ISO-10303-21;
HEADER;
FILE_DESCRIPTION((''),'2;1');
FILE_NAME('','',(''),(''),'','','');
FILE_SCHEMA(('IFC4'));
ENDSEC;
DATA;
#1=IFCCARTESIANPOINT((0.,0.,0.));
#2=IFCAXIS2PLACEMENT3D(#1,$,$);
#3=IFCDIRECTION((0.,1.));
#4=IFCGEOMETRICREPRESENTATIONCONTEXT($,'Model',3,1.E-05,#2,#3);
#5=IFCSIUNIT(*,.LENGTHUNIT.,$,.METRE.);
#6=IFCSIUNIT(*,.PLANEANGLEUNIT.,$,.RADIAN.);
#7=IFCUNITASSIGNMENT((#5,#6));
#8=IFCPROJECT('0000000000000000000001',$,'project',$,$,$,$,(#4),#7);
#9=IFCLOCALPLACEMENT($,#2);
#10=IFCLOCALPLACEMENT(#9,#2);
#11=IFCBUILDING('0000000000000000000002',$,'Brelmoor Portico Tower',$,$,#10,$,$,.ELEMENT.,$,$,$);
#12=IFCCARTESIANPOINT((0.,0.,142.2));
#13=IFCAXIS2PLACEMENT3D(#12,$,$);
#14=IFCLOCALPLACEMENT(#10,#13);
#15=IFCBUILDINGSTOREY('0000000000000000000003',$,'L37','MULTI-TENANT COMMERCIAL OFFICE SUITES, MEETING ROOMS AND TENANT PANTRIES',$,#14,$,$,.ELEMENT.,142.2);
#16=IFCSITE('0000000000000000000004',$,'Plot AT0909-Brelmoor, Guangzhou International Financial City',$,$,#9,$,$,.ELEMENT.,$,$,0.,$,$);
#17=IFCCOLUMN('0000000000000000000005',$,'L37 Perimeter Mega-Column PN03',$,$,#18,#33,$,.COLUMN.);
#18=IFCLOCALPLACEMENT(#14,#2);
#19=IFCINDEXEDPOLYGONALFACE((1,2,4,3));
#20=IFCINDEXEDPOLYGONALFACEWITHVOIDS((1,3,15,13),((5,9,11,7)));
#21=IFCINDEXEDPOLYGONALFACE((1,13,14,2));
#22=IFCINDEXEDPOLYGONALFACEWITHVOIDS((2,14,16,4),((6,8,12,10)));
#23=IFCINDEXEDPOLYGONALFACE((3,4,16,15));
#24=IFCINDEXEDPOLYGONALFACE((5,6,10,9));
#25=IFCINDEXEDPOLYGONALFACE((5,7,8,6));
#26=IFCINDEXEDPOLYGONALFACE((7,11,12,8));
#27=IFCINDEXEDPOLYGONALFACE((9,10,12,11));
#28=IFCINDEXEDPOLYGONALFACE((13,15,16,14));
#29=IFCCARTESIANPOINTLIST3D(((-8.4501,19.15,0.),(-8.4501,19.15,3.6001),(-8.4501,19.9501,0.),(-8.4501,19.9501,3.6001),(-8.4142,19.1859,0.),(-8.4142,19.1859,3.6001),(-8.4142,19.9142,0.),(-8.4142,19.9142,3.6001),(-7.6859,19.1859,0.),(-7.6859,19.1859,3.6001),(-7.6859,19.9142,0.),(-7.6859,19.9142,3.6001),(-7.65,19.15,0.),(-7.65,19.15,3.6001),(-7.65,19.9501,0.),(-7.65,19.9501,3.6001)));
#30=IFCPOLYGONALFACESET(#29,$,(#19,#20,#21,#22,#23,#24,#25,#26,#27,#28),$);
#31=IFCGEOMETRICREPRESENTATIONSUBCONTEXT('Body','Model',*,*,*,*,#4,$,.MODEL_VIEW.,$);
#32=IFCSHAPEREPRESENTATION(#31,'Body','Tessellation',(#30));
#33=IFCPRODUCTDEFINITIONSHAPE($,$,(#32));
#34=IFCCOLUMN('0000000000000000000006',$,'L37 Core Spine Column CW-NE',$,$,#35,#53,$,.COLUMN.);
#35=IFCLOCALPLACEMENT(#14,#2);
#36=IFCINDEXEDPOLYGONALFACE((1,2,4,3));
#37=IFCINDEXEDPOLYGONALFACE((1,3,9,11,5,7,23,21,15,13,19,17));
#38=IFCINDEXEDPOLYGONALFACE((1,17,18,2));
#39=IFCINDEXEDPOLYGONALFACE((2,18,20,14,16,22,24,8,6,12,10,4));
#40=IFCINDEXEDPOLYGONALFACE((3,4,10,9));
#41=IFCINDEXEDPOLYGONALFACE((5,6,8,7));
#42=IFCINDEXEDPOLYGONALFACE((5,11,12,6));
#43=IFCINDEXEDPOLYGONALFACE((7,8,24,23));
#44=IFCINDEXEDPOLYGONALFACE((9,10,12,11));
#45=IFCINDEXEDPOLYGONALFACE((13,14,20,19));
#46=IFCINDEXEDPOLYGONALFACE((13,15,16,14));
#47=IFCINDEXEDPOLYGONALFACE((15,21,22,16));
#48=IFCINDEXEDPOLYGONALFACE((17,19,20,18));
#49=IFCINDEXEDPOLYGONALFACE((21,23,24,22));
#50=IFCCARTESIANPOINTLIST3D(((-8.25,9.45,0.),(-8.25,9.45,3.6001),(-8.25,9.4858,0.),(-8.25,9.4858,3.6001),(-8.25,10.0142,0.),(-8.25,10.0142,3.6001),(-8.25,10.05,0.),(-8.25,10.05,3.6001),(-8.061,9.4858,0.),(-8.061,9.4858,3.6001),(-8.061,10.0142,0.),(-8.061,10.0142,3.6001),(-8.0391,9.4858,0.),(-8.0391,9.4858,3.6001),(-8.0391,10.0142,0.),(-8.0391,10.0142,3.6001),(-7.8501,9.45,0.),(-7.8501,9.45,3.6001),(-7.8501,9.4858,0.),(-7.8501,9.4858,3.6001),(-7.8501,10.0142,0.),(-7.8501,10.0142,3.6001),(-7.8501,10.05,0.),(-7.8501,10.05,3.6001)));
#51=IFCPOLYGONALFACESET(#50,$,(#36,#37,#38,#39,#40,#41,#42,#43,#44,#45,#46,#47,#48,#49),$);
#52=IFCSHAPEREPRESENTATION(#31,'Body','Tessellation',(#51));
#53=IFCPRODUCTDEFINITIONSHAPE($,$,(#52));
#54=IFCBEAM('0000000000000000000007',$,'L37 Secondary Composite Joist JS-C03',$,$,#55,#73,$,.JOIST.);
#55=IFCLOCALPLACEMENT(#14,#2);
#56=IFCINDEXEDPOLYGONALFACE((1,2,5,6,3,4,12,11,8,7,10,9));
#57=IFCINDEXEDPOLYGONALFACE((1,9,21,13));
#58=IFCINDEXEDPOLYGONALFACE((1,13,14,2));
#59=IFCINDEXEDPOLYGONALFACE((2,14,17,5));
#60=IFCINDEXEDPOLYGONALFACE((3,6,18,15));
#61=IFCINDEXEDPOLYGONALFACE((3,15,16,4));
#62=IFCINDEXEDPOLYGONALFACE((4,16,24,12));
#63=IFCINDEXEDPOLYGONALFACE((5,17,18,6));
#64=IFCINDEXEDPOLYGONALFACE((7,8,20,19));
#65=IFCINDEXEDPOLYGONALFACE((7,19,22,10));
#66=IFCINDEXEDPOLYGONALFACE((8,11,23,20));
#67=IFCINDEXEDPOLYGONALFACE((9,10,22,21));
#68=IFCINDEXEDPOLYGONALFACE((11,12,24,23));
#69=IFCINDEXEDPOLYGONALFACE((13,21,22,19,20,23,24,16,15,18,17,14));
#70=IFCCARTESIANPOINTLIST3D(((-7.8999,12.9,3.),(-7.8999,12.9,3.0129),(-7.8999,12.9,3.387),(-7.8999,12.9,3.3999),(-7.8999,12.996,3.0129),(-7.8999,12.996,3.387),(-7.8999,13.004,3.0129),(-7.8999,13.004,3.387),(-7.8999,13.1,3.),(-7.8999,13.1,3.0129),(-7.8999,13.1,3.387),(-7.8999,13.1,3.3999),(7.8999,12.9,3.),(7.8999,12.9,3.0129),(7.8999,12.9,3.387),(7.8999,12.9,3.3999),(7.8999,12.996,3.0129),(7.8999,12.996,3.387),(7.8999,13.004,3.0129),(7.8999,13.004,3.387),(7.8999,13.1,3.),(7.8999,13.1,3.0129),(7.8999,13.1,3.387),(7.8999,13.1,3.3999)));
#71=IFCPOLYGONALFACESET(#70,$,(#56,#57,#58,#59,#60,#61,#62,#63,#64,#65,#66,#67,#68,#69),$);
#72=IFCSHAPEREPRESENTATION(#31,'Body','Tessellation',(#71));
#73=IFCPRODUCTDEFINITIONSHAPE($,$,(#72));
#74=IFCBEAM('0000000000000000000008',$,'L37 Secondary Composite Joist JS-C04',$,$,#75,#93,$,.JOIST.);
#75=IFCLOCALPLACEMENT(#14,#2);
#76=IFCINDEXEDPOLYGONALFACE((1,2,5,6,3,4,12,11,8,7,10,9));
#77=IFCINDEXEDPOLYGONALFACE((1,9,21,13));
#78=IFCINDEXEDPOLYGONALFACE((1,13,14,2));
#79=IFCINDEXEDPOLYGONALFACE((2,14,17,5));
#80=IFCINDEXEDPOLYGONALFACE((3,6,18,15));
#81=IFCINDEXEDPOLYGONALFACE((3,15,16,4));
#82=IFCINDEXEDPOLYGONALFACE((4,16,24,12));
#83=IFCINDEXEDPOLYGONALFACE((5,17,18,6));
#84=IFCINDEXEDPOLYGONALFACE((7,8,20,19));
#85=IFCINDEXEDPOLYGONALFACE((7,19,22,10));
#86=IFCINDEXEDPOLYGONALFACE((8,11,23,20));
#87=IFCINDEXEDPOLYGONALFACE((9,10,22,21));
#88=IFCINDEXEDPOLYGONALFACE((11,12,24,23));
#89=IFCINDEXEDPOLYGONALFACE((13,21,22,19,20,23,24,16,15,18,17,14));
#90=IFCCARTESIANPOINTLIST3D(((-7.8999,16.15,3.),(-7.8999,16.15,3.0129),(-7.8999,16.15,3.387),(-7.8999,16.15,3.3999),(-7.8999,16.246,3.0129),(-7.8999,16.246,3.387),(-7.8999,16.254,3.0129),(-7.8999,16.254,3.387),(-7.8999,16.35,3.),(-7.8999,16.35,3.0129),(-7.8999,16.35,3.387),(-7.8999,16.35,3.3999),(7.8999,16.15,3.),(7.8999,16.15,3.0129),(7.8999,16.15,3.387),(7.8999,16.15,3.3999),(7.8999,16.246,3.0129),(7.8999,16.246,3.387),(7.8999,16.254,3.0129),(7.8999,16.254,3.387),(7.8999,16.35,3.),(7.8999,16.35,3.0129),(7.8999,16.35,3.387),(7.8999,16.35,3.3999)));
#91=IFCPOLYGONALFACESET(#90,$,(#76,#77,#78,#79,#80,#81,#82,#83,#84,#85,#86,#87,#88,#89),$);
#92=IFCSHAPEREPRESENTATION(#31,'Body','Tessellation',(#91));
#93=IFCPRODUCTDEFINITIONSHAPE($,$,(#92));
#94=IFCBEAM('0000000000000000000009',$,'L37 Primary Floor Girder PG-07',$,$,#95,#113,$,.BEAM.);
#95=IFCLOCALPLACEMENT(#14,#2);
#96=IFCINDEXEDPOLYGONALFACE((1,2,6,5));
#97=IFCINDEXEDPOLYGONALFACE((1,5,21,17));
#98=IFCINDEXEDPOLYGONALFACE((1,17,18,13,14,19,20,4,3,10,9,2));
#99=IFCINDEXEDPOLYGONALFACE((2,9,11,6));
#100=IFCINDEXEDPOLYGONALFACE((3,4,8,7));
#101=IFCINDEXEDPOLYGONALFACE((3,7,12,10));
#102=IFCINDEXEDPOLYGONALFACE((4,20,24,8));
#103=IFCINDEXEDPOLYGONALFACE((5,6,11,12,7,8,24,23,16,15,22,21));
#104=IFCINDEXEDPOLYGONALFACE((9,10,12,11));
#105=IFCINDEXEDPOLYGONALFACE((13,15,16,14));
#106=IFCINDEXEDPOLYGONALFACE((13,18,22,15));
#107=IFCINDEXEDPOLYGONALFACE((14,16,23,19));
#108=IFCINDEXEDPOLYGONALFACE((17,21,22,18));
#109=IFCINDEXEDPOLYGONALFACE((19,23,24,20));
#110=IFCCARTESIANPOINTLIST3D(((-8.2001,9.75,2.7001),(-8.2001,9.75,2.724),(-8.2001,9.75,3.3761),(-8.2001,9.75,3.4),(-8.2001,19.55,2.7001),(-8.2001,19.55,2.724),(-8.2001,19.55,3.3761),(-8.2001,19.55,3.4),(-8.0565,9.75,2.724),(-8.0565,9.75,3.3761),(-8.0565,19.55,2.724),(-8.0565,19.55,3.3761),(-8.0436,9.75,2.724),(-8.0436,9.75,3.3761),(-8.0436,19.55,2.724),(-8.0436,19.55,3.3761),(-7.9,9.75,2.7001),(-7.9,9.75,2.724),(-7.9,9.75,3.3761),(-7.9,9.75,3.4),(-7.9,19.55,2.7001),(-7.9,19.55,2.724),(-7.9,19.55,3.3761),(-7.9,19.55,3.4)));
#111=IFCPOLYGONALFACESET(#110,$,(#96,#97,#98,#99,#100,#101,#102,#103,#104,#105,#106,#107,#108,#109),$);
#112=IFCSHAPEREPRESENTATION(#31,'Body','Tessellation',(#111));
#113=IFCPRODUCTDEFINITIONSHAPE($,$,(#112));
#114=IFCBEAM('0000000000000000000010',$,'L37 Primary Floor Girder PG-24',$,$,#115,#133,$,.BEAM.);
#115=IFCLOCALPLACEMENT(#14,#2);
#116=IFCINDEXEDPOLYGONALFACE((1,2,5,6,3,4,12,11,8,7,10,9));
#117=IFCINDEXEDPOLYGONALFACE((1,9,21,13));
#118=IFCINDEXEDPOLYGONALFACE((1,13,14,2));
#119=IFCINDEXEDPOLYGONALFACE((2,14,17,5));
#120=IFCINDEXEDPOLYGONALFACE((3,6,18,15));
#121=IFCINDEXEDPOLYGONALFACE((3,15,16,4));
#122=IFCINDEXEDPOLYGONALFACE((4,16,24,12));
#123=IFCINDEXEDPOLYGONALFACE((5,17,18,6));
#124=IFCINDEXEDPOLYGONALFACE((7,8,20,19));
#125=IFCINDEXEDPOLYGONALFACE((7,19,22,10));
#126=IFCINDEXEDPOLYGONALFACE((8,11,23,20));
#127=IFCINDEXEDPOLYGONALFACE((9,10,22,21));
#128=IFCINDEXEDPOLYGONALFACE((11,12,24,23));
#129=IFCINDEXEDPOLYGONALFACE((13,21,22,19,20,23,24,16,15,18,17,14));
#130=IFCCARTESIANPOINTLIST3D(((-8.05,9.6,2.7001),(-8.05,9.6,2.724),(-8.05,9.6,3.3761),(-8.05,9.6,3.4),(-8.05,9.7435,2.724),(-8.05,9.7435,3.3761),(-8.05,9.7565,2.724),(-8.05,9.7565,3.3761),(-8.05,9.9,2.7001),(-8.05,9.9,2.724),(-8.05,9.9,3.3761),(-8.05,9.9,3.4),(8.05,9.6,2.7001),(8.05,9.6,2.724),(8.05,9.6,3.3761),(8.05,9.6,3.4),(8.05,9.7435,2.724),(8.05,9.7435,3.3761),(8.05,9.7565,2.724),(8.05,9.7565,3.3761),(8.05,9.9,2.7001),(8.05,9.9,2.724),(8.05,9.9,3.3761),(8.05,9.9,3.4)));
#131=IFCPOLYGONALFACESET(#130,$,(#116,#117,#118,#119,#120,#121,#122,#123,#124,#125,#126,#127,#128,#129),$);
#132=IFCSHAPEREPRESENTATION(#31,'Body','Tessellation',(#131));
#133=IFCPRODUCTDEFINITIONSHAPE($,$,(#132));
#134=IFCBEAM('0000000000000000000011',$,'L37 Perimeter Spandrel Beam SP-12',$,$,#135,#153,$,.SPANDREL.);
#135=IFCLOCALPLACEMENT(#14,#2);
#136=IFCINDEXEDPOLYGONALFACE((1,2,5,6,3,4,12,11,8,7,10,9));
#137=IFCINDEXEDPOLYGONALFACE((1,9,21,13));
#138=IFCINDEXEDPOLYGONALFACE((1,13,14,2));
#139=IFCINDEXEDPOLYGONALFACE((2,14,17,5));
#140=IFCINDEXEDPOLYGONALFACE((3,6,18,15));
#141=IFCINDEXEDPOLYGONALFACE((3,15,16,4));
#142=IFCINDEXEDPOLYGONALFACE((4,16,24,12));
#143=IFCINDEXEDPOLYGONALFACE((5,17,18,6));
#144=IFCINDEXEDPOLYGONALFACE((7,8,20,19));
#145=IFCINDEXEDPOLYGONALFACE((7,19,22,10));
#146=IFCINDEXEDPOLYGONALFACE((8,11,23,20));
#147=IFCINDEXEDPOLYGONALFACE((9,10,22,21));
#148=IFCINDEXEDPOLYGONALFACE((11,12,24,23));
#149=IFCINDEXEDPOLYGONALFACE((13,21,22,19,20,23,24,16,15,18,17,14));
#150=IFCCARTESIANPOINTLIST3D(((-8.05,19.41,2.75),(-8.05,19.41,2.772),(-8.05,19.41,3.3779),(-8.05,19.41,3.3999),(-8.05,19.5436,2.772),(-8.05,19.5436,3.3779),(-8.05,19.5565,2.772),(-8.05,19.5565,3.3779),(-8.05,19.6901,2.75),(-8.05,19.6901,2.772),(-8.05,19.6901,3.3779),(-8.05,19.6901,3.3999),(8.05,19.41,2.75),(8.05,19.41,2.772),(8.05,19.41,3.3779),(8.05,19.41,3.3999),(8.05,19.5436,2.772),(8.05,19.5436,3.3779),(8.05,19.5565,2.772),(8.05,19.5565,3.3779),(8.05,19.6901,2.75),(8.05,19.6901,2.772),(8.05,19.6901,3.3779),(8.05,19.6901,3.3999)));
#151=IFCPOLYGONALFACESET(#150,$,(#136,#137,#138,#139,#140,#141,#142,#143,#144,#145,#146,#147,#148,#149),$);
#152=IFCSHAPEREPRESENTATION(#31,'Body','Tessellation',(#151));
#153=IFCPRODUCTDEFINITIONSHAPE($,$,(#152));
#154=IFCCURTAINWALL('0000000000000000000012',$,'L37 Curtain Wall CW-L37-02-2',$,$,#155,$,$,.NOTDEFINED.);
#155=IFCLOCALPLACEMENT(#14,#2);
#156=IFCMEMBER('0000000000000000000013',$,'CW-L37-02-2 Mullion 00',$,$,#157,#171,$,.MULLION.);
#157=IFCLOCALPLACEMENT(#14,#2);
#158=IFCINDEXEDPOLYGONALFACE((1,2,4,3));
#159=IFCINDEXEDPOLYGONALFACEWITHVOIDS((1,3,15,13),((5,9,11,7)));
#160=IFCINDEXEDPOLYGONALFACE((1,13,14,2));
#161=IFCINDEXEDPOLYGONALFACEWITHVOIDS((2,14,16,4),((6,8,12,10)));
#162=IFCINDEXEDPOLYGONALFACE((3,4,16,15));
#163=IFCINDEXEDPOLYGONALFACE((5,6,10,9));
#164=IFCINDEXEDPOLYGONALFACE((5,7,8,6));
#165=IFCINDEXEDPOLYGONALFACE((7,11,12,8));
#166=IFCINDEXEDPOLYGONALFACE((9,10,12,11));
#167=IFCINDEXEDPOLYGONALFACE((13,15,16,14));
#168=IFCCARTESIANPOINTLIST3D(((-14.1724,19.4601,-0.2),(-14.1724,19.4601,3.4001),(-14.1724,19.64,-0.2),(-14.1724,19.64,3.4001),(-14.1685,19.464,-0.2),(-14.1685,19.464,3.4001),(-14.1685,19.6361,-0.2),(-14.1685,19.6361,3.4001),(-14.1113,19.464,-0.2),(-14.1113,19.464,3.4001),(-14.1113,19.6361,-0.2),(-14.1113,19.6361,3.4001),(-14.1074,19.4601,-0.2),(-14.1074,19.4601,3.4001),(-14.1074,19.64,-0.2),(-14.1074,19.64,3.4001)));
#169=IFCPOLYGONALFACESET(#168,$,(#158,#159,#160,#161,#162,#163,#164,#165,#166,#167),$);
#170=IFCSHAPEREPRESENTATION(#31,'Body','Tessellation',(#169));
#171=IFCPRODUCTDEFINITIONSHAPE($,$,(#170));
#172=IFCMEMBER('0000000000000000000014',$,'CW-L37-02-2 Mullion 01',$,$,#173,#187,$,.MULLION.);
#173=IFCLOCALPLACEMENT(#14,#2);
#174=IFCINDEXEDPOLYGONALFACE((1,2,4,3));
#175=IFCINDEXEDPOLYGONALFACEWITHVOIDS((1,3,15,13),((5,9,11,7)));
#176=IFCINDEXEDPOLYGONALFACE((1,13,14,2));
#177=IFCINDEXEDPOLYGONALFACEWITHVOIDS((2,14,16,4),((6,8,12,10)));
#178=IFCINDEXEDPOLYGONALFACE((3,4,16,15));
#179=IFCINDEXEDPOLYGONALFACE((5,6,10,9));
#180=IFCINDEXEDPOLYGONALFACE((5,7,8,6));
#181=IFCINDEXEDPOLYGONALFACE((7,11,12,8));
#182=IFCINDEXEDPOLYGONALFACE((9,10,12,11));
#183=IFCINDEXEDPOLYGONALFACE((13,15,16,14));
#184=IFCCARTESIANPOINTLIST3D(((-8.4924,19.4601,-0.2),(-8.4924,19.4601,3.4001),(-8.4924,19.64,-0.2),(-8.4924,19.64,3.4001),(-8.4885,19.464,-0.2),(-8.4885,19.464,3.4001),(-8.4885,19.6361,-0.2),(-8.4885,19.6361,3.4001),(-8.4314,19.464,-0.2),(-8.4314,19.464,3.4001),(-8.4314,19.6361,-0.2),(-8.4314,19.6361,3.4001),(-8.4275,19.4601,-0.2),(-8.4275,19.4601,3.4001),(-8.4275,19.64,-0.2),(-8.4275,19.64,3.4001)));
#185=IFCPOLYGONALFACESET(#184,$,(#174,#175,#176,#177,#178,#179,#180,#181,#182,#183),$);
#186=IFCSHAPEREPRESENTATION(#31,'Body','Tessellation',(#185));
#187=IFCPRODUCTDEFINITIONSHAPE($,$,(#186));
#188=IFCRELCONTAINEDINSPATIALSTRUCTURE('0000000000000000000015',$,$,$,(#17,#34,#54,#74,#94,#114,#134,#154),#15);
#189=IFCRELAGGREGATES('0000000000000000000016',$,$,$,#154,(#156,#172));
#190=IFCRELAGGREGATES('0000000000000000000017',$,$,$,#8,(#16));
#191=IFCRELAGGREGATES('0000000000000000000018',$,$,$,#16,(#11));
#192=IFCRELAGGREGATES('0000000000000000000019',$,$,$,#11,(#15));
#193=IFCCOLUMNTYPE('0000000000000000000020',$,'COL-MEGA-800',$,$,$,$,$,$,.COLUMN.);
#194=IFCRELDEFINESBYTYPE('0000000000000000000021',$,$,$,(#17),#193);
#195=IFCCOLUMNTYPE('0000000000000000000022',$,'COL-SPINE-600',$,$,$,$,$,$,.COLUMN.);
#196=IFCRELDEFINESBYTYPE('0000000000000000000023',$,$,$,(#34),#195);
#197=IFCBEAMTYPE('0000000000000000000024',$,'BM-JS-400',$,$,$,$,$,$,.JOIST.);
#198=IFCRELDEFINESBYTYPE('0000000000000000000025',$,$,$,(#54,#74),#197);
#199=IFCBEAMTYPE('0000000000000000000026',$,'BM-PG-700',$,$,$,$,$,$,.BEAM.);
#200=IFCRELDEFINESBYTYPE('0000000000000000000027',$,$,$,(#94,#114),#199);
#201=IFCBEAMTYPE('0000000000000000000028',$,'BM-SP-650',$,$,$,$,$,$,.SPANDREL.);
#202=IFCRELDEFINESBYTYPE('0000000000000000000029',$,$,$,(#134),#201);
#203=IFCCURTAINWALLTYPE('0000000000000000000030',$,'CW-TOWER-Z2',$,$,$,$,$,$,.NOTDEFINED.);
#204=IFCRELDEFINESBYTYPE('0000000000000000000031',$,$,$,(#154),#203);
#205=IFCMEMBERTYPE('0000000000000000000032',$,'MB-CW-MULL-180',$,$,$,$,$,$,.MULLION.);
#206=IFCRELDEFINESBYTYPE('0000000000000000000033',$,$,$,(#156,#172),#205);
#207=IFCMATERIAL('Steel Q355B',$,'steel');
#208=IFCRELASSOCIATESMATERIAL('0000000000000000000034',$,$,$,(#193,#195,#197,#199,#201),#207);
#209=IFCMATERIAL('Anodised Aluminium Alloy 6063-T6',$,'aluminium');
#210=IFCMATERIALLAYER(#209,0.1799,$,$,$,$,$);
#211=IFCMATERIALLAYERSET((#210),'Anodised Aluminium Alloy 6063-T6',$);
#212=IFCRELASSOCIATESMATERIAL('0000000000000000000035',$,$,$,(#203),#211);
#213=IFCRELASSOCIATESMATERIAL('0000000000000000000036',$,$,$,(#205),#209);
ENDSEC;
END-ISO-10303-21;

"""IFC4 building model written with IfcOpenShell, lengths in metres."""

from ifc_helpers import new_model, si_unit, direction, frame, origin, origin_2d, place, context, subcontext, project, spatial, hollow_rectangle, i_section, extrude, material, layer, layer_set, material_profile, profile_set, type_object, element, aggregate, save


model = new_model("IFC4")

# Units and contexts
model_context = context("Model", 3, precision=1e-05, world=origin(), true_north=direction((0.0, 1.0)))
body_context = subcontext(model_context, "Body", "Model", "MODEL_VIEW")
ifc_project = project(units=[si_unit("LENGTHUNIT", "METRE"), si_unit("PLANEANGLEUNIT", "RADIAN")], contexts=[model_context])

# Site, building, storey
site_placement = place(None, origin())
site = spatial("IfcSite", under=ifc_project, at=site_placement, Name="Plot AT0909-Brelmoor, Guangzhou International Financial City", CompositionType="ELEMENT", RefElevation=0.0)
building_placement = place(site_placement, origin())
building = spatial("IfcBuilding", under=site, at=building_placement, Name="Brelmoor Portico Tower", CompositionType="ELEMENT")
storey_placement = place(building_placement, frame((0.0, 0.0, 142.2)))
storey = spatial("IfcBuildingStorey", under=building, at=storey_placement, Name="L37", Description="MULTI-TENANT COMMERCIAL OFFICE SUITES, MEETING ROOMS AND TENANT PANTRIES", CompositionType="ELEMENT", Elevation=142.2)

# Columns
ifc_material_1 = material(Name="Steel Q355B", Category="steel")
ifc_material_profile_1 = material_profile(ifc_material_1, hollow_rectangle(XDim=0.8, YDim=0.8, WallThickness=0.0359, at=origin_2d()), Name="BOX 800x800x36")
ifc_profile_set_1 = profile_set([ifc_material_profile_1], Name="Steel Q355B")
column_type_1 = type_object("IfcColumnType", Name="COL-MEGA-800", PredefinedType="COLUMN", material=ifc_profile_set_1)
column_1_placement = place(storey_placement, frame((-8.05, 19.55, 0.0), z_axis=(0.0, 0.0, 1.0), x_axis=(1.0, 0.0, 0.0)))
element("IfcColumn", 1, at=column_1_placement, inside=storey, type_object=column_type_1, Name="L37 Perimeter Mega-Column PN03", PredefinedType="COLUMN", context=body_context, shape_type="SweptSolid", body=[
    extrude(hollow_rectangle(XDim=0.8, YDim=0.8, WallThickness=0.0359, at=origin_2d()), origin(), (0.0, 0.0, 1.0), 3.6001),
])
ifc_material_profile_2 = material_profile(ifc_material_1, i_section(OverallWidth=0.3999, OverallDepth=0.6001, WebThickness=0.022, FlangeThickness=0.0359, at=origin_2d()), Name="HW 600x400x22x36")
ifc_profile_set_2 = profile_set([ifc_material_profile_2], Name="Steel Q355B")
column_type_2 = type_object("IfcColumnType", Name="COL-SPINE-600", PredefinedType="COLUMN", material=ifc_profile_set_2)
column_2_placement = place(storey_placement, frame((-8.05, 9.75, 0.0), z_axis=(0.0, 0.0, 1.0), x_axis=(1.0, 0.0, 0.0)))
element("IfcColumn", 2, at=column_2_placement, inside=storey, type_object=column_type_2, Name="L37 Core Spine Column CW-NE", PredefinedType="COLUMN", context=body_context, shape_type="SweptSolid", body=[
    extrude(i_section(OverallWidth=0.3999, OverallDepth=0.6001, WebThickness=0.022, FlangeThickness=0.0359, at=origin_2d()), origin(), (0.0, 0.0, 1.0), 3.6001),
])

# Beams
ifc_material_profile_3 = material_profile(ifc_material_1, i_section(OverallWidth=0.2, OverallDepth=0.3999, WebThickness=0.0081, FlangeThickness=0.0129, at=origin_2d()), Name="HN 400x200x8x13")
ifc_profile_set_3 = profile_set([ifc_material_profile_3], Name="Steel Q355B")
beam_type_1 = type_object("IfcBeamType", Name="BM-JS-400", PredefinedType="JOIST", material=ifc_profile_set_3)
for number, where, z_axis, x_axis, name in (
    (3, (-7.8999, 13.0, 3.2), (1.0, 0.0, 0.0), (0.0, 1.0, 0.0), "L37 Secondary Composite Joist JS-C03"),
    (4, (-7.8999, 16.25, 3.2), (1.0, 0.0, 0.0), (0.0, 1.0, 0.0), "L37 Secondary Composite Joist JS-C04"),
):
    element("IfcBeam", number, at=place(storey_placement, frame(where, z_axis=z_axis, x_axis=x_axis)), inside=storey, type_object=beam_type_1, Name=name, PredefinedType="JOIST", context=body_context, shape_type="SweptSolid", body=[
        extrude(i_section(OverallWidth=0.2, OverallDepth=0.3999, WebThickness=0.0081, FlangeThickness=0.0129, at=origin_2d()), origin(), (0.0, 0.0, 1.0), 15.7998),
    ])
ifc_material_profile_4 = material_profile(ifc_material_1, i_section(OverallWidth=0.3, OverallDepth=0.7, WebThickness=0.0129, FlangeThickness=0.0239, at=origin_2d()), Name="HN 700x300x13x24")
ifc_profile_set_4 = profile_set([ifc_material_profile_4], Name="Steel Q355B")
beam_type_2 = type_object("IfcBeamType", Name="BM-PG-700", PredefinedType="BEAM", material=ifc_profile_set_4)
beam_1_placement = place(storey_placement, frame((-8.05, 9.75, 3.05), z_axis=(0.0, 1.0, 0.0), x_axis=(-1.0, 0.0, 0.0)))
element("IfcBeam", 5, at=beam_1_placement, inside=storey, type_object=beam_type_2, Name="L37 Primary Floor Girder PG-07", PredefinedType="BEAM", context=body_context, shape_type="SweptSolid", body=[
    extrude(i_section(OverallWidth=0.3, OverallDepth=0.7, WebThickness=0.0129, FlangeThickness=0.0239, at=origin_2d()), origin(), (0.0, 0.0, 1.0), 9.8),
])
beam_2_placement = place(storey_placement, frame((-8.05, 9.75, 3.05), z_axis=(1.0, 0.0, 0.0), x_axis=(0.0, 1.0, 0.0)))
element("IfcBeam", 6, at=beam_2_placement, inside=storey, type_object=beam_type_2, Name="L37 Primary Floor Girder PG-24", PredefinedType="BEAM", context=body_context, shape_type="SweptSolid", body=[
    extrude(i_section(OverallWidth=0.3, OverallDepth=0.7, WebThickness=0.0129, FlangeThickness=0.0239, at=origin_2d()), origin(), (0.0, 0.0, 1.0), 16.1001),
])
ifc_material_profile_5 = material_profile(ifc_material_1, i_section(OverallWidth=0.28, OverallDepth=0.6499, WebThickness=0.0129, FlangeThickness=0.022, at=origin_2d()), Name="HN 650x280x13x22")
ifc_profile_set_5 = profile_set([ifc_material_profile_5], Name="Steel Q355B")
beam_type_3 = type_object("IfcBeamType", Name="BM-SP-650", PredefinedType="SPANDREL", material=ifc_profile_set_5)
beam_3_placement = place(storey_placement, frame((-8.05, 19.55, 3.075), z_axis=(1.0, 0.0, 0.0), x_axis=(0.0, 1.0, 0.0)))
element("IfcBeam", 7, at=beam_3_placement, inside=storey, type_object=beam_type_3, Name="L37 Perimeter Spandrel Beam SP-12", PredefinedType="SPANDREL", context=body_context, shape_type="SweptSolid", body=[
    extrude(i_section(OverallWidth=0.28, OverallDepth=0.6499, WebThickness=0.0129, FlangeThickness=0.022, at=origin_2d()), origin(), (0.0, 0.0, 1.0), 16.1001),
])

# Curtain wall, members
ifc_material_2 = material(Name="Anodised Aluminium Alloy 6063-T6", Category="aluminium")
ifc_layer_1 = layer(ifc_material_2, 0.1799)
ifc_layer_set_1 = layer_set([ifc_layer_1], Name="Anodised Aluminium Alloy 6063-T6")
curtain_wall_type = type_object("IfcCurtainWallType", Name="CW-TOWER-Z2", PredefinedType="NOTDEFINED", material=ifc_layer_set_1)
curtain_wall_1_placement = place(storey_placement, origin())
curtain_wall_1 = element("IfcCurtainWall", 8, at=curtain_wall_1_placement, inside=storey, type_object=curtain_wall_type, Name="L37 Curtain Wall CW-L37-02-2", PredefinedType="NOTDEFINED")
ifc_material_profile_6 = material_profile(ifc_material_2, hollow_rectangle(XDim=0.0649, YDim=0.1799, WallThickness=0.0039, at=origin_2d()), Name="ALU MULLION 65x180")
ifc_profile_set_6 = profile_set([ifc_material_profile_6], Name="Anodised Aluminium Alloy 6063-T6")
member_type_1 = type_object("IfcMemberType", Name="MB-CW-MULL-180", PredefinedType="MULLION", material=ifc_profile_set_6)
member_1_placement = place(storey_placement, frame((-14.1399, 19.55, -0.2), z_axis=(0.0, 0.0, 1.0), x_axis=(1.0, 0.0, 0.0)))
member_1 = element("IfcMember", 9, at=member_1_placement, type_object=member_type_1, Name="CW-L37-02-2 Mullion 00", PredefinedType="MULLION", context=body_context, shape_type="SweptSolid", body=[
    extrude(hollow_rectangle(XDim=0.0649, YDim=0.1799, WallThickness=0.0039, at=origin_2d()), origin(), (0.0, 0.0, 1.0), 3.6001),
])
member_2_placement = place(storey_placement, frame((-8.46, 19.55, -0.2), z_axis=(0.0, 0.0, 1.0), x_axis=(1.0, 0.0, 0.0)))
member_2 = element("IfcMember", 10, at=member_2_placement, type_object=member_type_1, Name="CW-L37-02-2 Mullion 01", PredefinedType="MULLION", context=body_context, shape_type="SweptSolid", body=[
    extrude(hollow_rectangle(XDim=0.0649, YDim=0.1799, WallThickness=0.0039, at=origin_2d()), origin(), (0.0, 0.0, 1.0), 3.6001),
])

aggregate(curtain_wall_1, [member_1, member_2])

save(model, "model.ifc")
